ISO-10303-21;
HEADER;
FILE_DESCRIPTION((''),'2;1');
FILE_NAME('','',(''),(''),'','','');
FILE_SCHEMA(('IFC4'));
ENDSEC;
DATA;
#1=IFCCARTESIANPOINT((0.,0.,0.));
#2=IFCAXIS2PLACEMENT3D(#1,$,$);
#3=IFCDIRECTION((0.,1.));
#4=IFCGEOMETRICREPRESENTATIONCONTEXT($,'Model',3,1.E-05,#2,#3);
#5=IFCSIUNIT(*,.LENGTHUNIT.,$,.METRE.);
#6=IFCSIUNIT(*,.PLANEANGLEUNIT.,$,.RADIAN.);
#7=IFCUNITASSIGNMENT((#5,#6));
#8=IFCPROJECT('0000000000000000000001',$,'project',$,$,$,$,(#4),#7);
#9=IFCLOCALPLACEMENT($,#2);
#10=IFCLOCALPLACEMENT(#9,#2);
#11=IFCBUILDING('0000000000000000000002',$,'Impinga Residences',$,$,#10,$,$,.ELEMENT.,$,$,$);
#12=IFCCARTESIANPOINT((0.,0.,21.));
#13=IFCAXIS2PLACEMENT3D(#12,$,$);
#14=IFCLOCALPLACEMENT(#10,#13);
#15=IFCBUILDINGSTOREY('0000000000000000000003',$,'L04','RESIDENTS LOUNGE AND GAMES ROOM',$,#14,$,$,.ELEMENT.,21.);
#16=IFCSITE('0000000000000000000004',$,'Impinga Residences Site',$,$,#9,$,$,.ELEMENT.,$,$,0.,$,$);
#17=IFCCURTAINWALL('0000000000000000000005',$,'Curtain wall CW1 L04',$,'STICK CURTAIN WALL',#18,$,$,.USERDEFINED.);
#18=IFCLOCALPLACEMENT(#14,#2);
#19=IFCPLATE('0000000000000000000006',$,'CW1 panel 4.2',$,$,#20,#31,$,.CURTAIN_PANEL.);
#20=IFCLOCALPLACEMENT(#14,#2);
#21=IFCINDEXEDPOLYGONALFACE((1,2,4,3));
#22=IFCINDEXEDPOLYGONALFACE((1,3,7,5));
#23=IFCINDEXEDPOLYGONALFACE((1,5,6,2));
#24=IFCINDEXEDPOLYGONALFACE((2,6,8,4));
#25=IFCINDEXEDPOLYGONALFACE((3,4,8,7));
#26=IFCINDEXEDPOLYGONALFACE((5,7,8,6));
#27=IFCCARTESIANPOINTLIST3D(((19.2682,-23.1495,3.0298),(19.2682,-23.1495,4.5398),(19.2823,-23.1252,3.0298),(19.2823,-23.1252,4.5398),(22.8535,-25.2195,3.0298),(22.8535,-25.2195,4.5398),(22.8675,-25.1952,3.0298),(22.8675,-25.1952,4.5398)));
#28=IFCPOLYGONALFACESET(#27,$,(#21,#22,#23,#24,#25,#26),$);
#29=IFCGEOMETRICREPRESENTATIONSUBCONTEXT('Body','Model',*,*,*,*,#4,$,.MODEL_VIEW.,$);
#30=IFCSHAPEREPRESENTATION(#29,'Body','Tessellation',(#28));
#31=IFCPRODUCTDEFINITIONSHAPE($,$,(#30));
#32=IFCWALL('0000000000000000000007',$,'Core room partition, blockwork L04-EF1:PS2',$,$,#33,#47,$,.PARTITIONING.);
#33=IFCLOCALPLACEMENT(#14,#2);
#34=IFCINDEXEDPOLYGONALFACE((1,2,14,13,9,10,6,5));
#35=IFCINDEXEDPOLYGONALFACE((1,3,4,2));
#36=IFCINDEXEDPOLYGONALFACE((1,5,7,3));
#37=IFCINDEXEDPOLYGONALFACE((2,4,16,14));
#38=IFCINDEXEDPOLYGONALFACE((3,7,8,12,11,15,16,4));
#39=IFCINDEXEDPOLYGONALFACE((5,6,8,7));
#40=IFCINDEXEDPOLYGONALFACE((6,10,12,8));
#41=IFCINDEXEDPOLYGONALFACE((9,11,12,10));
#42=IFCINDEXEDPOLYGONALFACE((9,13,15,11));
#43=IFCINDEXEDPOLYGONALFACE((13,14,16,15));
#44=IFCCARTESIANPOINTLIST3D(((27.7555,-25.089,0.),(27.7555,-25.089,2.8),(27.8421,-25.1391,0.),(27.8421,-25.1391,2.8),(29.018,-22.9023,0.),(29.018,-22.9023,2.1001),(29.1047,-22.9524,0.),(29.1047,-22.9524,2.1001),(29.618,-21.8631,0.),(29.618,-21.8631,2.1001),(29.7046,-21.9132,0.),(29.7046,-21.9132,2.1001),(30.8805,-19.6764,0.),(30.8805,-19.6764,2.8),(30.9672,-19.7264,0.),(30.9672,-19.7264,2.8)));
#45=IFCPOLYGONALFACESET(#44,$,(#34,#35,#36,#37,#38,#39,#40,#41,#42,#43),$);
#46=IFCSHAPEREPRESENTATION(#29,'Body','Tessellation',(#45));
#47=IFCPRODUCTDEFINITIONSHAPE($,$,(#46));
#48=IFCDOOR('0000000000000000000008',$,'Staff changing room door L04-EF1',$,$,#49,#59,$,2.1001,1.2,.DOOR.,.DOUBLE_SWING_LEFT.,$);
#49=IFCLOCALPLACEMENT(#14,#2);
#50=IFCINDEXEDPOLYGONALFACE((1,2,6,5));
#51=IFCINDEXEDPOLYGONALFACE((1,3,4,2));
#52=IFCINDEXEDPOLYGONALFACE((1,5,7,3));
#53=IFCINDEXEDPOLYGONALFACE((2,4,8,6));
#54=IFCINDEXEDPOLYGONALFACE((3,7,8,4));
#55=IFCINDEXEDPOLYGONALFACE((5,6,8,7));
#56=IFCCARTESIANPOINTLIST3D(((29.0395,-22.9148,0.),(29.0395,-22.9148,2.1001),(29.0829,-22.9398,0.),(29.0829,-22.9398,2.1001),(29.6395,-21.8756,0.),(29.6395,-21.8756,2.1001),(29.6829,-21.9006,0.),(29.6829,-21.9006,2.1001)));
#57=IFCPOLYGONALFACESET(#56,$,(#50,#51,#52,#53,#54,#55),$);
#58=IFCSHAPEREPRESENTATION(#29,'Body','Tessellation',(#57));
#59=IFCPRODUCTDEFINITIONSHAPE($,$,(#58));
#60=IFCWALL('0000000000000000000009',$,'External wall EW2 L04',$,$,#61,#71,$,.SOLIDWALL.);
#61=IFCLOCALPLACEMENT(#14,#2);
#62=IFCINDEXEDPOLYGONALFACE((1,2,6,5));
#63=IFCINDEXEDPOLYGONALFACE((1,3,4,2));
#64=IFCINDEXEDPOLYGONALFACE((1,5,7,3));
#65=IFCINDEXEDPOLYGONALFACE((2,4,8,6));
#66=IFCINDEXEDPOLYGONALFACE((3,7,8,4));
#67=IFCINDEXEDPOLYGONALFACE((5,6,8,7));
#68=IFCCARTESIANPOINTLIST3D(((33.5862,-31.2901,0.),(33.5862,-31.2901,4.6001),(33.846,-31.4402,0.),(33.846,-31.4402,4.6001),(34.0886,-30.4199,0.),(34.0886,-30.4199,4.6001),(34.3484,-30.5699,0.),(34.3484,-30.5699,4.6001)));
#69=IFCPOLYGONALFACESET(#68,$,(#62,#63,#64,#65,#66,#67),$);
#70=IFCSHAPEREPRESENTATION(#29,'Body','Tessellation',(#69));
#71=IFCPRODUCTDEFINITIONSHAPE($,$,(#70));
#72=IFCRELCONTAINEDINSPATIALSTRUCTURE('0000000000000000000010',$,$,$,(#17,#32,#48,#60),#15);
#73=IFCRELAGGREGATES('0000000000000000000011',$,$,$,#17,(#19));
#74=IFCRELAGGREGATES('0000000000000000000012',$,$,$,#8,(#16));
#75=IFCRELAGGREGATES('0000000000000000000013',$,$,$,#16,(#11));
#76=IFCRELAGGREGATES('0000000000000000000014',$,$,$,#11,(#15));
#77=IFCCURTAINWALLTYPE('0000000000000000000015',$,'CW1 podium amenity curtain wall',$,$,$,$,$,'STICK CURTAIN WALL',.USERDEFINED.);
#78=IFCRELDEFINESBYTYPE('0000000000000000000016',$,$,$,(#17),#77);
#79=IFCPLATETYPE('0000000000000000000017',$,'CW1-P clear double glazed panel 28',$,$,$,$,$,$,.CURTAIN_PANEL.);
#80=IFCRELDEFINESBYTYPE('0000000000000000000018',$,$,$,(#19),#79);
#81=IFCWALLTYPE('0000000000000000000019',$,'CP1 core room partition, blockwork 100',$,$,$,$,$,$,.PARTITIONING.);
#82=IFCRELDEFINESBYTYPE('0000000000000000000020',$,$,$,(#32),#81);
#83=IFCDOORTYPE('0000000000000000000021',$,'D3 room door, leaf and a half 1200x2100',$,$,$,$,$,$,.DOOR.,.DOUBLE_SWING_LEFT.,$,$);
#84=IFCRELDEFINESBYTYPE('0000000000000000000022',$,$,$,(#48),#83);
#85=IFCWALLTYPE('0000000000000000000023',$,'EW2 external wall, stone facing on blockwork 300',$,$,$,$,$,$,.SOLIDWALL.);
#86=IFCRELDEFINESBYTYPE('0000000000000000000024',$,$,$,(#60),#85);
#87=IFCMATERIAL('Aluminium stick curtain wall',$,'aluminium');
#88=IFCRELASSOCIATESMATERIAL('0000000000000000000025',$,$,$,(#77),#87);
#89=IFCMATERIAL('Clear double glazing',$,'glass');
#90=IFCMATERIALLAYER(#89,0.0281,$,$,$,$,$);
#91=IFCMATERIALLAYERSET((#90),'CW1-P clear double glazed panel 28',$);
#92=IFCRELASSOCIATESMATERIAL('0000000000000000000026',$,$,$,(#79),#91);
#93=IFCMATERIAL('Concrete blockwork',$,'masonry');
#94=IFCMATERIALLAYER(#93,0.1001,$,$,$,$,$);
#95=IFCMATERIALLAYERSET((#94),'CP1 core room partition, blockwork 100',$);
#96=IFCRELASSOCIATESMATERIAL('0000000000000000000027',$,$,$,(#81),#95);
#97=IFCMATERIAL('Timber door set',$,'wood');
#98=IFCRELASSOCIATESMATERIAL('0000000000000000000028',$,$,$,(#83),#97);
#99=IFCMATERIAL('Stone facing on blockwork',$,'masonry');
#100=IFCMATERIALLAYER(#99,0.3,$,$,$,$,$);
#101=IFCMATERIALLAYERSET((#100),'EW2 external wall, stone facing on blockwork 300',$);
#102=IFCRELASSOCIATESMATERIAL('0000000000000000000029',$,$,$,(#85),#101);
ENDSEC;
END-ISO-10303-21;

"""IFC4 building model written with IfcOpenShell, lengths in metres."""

from ifc_helpers import new_model, si_unit, direction, frame, frame_2d, origin, origin_2d, place, context, subcontext, project, spatial, rectangle, extrude, material, layer, layer_set, type_object, element, fill, aggregate, save


model = new_model("IFC4")

# Units and contexts
model_context = context("Model", 3, precision=1e-05, world=origin(), true_north=direction((0.0, 1.0)))
body_context = subcontext(model_context, "Body", "Model", "MODEL_VIEW")
ifc_project = project(units=[si_unit("LENGTHUNIT", "METRE"), si_unit("PLANEANGLEUNIT", "RADIAN")], contexts=[model_context])

# Site, building, storey
site_placement = place(None, origin())
site = spatial("IfcSite", under=ifc_project, at=site_placement, Name="Impinga Residences Site", CompositionType="ELEMENT", RefElevation=0.0)
building_placement = place(site_placement, origin())
building = spatial("IfcBuilding", under=site, at=building_placement, Name="Impinga Residences", CompositionType="ELEMENT")
storey_placement = place(building_placement, frame((0.0, 0.0, 21.0)))
storey = spatial("IfcBuildingStorey", under=building, at=storey_placement, Name="L04", Description="RESIDENTS LOUNGE AND GAMES ROOM", CompositionType="ELEMENT", Elevation=21.0)

# Curtain wall
ifc_material_1 = material(Name="Aluminium stick curtain wall", Category="aluminium")
curtain_wall_type = type_object("IfcCurtainWallType", Name="CW1 podium amenity curtain wall", ElementType="STICK CURTAIN WALL", PredefinedType="USERDEFINED", material=ifc_material_1)
curtain_wall_placement = place(storey_placement, origin())
curtain_wall = element("IfcCurtainWall", 1, at=curtain_wall_placement, inside=storey, type_object=curtain_wall_type, Name="Curtain wall CW1 L04", ObjectType="STICK CURTAIN WALL", PredefinedType="USERDEFINED")

# Plate
ifc_material_2 = material(Name="Clear double glazing", Category="glass")
ifc_layer_1 = layer(ifc_material_2, 0.0281)
ifc_layer_set_1 = layer_set([ifc_layer_1], Name="CW1-P clear double glazed panel 28")
plate_type = type_object("IfcPlateType", Name="CW1-P clear double glazed panel 28", PredefinedType="CURTAIN_PANEL", material=ifc_layer_set_1)
plate_1_placement = place(storey_placement, frame((21.0679, -24.1724, 3.0298), z_axis=(0.0, 0.0, 1.0), x_axis=(-0.866025, 0.5, 0.0)))
plate_1 = element("IfcPlate", 2, at=plate_1_placement, type_object=plate_type, Name="CW1 panel 4.2", PredefinedType="CURTAIN_PANEL", context=body_context, shape_type="SweptSolid", body=[
    extrude(rectangle(XDim=4.1399, YDim=0.0281, at=origin_2d()), origin(), (0.0, 0.0, 1.0), 1.51),
])
aggregate(curtain_wall, [plate_1])

# Wall, opening, door
ifc_material_3 = material(Name="Concrete blockwork", Category="masonry")
ifc_layer_2 = layer(ifc_material_3, 0.1001)
ifc_layer_set_2 = layer_set([ifc_layer_2], Name="CP1 core room partition, blockwork 100")
wall_type_1 = type_object("IfcWallType", Name="CP1 core room partition, blockwork 100", PredefinedType="PARTITIONING", material=ifc_layer_set_2)
wall_1_placement = place(storey_placement, frame((30.9238, -19.7014, 0.0), z_axis=(0.0, 0.0, 1.0), x_axis=(-0.500004, -0.866023, 0.0)))
wall_1 = element("IfcWall", 3, at=wall_1_placement, inside=storey, type_object=wall_type_1, Name="Core room partition, blockwork L04-EF1:PS2", PredefinedType="PARTITIONING", context=body_context, shape_type="SweptSolid", body=[
    extrude(rectangle(XDim=6.25, YDim=0.1001, at=frame_2d((3.125, 0.0))), origin(), (0.0, 0.0, 1.0), 2.8),
])
opening_placement = place(wall_1_placement, frame((2.5249, 0.0, 0.0)))
opening = element("IfcOpeningElement", 4, at=opening_placement, cuts=wall_1, PredefinedType="OPENING", context=body_context, shape_type="SweptSolid", body=[
    extrude(rectangle(XDim=1.2, YDim=2.1001, at=frame_2d((0.6001, 1.05))), frame((0.0, 0.0601, 0.0), z_axis=(0.0, -1.0, 0.0), x_axis=(1.0, 0.0, 0.0)), (0.0, 0.0, 1.0), 0.1201),
])
ifc_material_4 = material(Name="Timber door set", Category="wood")
door_type = type_object("IfcDoorType", Name="D3 room door, leaf and a half 1200x2100", OperationType="DOUBLE_SWING_LEFT", PredefinedType="DOOR", material=ifc_material_4)
door_placement = place(opening_placement, origin())
door = element("IfcDoor", 5, at=door_placement, inside=storey, type_object=door_type, Name="Staff changing room door L04-EF1", OperationType="DOUBLE_SWING_LEFT", OverallHeight=2.1001, OverallWidth=1.2, PredefinedType="DOOR", context=body_context, shape_type="SweptSolid", body=[
    extrude(rectangle(XDim=1.2, YDim=2.1001, at=frame_2d((0.6001, 1.05))), frame((0.0, 0.0249, 0.0), z_axis=(0.0, -1.0, 0.0), x_axis=(1.0, 0.0, 0.0)), (0.0, 0.0, 1.0), 0.05),
])
fill(opening, door)

# Wall
ifc_material_5 = material(Name="Stone facing on blockwork", Category="masonry")
ifc_layer_3 = layer(ifc_material_5, 0.3)
ifc_layer_set_3 = layer_set([ifc_layer_3], Name="EW2 external wall, stone facing on blockwork 300")
wall_type_2 = type_object("IfcWallType", Name="EW2 external wall, stone facing on blockwork 300", PredefinedType="SOLIDWALL", material=ifc_layer_set_3)
wall_2_placement = place(storey_placement, frame((34.2185, -30.4949, 0.0), z_axis=(0.0, 0.0, 1.0), x_axis=(-0.499954, -0.866052, 0.0)))
element("IfcWall", 6, at=wall_2_placement, inside=storey, type_object=wall_type_2, Name="External wall EW2 L04", PredefinedType="SOLIDWALL", context=body_context, shape_type="SweptSolid", body=[
    extrude(rectangle(XDim=1.0049, YDim=0.3, at=frame_2d((0.5024, 0.0))), origin(), (0.0, 0.0, 1.0), 4.6001),
])

save(model, "model.ifc")
